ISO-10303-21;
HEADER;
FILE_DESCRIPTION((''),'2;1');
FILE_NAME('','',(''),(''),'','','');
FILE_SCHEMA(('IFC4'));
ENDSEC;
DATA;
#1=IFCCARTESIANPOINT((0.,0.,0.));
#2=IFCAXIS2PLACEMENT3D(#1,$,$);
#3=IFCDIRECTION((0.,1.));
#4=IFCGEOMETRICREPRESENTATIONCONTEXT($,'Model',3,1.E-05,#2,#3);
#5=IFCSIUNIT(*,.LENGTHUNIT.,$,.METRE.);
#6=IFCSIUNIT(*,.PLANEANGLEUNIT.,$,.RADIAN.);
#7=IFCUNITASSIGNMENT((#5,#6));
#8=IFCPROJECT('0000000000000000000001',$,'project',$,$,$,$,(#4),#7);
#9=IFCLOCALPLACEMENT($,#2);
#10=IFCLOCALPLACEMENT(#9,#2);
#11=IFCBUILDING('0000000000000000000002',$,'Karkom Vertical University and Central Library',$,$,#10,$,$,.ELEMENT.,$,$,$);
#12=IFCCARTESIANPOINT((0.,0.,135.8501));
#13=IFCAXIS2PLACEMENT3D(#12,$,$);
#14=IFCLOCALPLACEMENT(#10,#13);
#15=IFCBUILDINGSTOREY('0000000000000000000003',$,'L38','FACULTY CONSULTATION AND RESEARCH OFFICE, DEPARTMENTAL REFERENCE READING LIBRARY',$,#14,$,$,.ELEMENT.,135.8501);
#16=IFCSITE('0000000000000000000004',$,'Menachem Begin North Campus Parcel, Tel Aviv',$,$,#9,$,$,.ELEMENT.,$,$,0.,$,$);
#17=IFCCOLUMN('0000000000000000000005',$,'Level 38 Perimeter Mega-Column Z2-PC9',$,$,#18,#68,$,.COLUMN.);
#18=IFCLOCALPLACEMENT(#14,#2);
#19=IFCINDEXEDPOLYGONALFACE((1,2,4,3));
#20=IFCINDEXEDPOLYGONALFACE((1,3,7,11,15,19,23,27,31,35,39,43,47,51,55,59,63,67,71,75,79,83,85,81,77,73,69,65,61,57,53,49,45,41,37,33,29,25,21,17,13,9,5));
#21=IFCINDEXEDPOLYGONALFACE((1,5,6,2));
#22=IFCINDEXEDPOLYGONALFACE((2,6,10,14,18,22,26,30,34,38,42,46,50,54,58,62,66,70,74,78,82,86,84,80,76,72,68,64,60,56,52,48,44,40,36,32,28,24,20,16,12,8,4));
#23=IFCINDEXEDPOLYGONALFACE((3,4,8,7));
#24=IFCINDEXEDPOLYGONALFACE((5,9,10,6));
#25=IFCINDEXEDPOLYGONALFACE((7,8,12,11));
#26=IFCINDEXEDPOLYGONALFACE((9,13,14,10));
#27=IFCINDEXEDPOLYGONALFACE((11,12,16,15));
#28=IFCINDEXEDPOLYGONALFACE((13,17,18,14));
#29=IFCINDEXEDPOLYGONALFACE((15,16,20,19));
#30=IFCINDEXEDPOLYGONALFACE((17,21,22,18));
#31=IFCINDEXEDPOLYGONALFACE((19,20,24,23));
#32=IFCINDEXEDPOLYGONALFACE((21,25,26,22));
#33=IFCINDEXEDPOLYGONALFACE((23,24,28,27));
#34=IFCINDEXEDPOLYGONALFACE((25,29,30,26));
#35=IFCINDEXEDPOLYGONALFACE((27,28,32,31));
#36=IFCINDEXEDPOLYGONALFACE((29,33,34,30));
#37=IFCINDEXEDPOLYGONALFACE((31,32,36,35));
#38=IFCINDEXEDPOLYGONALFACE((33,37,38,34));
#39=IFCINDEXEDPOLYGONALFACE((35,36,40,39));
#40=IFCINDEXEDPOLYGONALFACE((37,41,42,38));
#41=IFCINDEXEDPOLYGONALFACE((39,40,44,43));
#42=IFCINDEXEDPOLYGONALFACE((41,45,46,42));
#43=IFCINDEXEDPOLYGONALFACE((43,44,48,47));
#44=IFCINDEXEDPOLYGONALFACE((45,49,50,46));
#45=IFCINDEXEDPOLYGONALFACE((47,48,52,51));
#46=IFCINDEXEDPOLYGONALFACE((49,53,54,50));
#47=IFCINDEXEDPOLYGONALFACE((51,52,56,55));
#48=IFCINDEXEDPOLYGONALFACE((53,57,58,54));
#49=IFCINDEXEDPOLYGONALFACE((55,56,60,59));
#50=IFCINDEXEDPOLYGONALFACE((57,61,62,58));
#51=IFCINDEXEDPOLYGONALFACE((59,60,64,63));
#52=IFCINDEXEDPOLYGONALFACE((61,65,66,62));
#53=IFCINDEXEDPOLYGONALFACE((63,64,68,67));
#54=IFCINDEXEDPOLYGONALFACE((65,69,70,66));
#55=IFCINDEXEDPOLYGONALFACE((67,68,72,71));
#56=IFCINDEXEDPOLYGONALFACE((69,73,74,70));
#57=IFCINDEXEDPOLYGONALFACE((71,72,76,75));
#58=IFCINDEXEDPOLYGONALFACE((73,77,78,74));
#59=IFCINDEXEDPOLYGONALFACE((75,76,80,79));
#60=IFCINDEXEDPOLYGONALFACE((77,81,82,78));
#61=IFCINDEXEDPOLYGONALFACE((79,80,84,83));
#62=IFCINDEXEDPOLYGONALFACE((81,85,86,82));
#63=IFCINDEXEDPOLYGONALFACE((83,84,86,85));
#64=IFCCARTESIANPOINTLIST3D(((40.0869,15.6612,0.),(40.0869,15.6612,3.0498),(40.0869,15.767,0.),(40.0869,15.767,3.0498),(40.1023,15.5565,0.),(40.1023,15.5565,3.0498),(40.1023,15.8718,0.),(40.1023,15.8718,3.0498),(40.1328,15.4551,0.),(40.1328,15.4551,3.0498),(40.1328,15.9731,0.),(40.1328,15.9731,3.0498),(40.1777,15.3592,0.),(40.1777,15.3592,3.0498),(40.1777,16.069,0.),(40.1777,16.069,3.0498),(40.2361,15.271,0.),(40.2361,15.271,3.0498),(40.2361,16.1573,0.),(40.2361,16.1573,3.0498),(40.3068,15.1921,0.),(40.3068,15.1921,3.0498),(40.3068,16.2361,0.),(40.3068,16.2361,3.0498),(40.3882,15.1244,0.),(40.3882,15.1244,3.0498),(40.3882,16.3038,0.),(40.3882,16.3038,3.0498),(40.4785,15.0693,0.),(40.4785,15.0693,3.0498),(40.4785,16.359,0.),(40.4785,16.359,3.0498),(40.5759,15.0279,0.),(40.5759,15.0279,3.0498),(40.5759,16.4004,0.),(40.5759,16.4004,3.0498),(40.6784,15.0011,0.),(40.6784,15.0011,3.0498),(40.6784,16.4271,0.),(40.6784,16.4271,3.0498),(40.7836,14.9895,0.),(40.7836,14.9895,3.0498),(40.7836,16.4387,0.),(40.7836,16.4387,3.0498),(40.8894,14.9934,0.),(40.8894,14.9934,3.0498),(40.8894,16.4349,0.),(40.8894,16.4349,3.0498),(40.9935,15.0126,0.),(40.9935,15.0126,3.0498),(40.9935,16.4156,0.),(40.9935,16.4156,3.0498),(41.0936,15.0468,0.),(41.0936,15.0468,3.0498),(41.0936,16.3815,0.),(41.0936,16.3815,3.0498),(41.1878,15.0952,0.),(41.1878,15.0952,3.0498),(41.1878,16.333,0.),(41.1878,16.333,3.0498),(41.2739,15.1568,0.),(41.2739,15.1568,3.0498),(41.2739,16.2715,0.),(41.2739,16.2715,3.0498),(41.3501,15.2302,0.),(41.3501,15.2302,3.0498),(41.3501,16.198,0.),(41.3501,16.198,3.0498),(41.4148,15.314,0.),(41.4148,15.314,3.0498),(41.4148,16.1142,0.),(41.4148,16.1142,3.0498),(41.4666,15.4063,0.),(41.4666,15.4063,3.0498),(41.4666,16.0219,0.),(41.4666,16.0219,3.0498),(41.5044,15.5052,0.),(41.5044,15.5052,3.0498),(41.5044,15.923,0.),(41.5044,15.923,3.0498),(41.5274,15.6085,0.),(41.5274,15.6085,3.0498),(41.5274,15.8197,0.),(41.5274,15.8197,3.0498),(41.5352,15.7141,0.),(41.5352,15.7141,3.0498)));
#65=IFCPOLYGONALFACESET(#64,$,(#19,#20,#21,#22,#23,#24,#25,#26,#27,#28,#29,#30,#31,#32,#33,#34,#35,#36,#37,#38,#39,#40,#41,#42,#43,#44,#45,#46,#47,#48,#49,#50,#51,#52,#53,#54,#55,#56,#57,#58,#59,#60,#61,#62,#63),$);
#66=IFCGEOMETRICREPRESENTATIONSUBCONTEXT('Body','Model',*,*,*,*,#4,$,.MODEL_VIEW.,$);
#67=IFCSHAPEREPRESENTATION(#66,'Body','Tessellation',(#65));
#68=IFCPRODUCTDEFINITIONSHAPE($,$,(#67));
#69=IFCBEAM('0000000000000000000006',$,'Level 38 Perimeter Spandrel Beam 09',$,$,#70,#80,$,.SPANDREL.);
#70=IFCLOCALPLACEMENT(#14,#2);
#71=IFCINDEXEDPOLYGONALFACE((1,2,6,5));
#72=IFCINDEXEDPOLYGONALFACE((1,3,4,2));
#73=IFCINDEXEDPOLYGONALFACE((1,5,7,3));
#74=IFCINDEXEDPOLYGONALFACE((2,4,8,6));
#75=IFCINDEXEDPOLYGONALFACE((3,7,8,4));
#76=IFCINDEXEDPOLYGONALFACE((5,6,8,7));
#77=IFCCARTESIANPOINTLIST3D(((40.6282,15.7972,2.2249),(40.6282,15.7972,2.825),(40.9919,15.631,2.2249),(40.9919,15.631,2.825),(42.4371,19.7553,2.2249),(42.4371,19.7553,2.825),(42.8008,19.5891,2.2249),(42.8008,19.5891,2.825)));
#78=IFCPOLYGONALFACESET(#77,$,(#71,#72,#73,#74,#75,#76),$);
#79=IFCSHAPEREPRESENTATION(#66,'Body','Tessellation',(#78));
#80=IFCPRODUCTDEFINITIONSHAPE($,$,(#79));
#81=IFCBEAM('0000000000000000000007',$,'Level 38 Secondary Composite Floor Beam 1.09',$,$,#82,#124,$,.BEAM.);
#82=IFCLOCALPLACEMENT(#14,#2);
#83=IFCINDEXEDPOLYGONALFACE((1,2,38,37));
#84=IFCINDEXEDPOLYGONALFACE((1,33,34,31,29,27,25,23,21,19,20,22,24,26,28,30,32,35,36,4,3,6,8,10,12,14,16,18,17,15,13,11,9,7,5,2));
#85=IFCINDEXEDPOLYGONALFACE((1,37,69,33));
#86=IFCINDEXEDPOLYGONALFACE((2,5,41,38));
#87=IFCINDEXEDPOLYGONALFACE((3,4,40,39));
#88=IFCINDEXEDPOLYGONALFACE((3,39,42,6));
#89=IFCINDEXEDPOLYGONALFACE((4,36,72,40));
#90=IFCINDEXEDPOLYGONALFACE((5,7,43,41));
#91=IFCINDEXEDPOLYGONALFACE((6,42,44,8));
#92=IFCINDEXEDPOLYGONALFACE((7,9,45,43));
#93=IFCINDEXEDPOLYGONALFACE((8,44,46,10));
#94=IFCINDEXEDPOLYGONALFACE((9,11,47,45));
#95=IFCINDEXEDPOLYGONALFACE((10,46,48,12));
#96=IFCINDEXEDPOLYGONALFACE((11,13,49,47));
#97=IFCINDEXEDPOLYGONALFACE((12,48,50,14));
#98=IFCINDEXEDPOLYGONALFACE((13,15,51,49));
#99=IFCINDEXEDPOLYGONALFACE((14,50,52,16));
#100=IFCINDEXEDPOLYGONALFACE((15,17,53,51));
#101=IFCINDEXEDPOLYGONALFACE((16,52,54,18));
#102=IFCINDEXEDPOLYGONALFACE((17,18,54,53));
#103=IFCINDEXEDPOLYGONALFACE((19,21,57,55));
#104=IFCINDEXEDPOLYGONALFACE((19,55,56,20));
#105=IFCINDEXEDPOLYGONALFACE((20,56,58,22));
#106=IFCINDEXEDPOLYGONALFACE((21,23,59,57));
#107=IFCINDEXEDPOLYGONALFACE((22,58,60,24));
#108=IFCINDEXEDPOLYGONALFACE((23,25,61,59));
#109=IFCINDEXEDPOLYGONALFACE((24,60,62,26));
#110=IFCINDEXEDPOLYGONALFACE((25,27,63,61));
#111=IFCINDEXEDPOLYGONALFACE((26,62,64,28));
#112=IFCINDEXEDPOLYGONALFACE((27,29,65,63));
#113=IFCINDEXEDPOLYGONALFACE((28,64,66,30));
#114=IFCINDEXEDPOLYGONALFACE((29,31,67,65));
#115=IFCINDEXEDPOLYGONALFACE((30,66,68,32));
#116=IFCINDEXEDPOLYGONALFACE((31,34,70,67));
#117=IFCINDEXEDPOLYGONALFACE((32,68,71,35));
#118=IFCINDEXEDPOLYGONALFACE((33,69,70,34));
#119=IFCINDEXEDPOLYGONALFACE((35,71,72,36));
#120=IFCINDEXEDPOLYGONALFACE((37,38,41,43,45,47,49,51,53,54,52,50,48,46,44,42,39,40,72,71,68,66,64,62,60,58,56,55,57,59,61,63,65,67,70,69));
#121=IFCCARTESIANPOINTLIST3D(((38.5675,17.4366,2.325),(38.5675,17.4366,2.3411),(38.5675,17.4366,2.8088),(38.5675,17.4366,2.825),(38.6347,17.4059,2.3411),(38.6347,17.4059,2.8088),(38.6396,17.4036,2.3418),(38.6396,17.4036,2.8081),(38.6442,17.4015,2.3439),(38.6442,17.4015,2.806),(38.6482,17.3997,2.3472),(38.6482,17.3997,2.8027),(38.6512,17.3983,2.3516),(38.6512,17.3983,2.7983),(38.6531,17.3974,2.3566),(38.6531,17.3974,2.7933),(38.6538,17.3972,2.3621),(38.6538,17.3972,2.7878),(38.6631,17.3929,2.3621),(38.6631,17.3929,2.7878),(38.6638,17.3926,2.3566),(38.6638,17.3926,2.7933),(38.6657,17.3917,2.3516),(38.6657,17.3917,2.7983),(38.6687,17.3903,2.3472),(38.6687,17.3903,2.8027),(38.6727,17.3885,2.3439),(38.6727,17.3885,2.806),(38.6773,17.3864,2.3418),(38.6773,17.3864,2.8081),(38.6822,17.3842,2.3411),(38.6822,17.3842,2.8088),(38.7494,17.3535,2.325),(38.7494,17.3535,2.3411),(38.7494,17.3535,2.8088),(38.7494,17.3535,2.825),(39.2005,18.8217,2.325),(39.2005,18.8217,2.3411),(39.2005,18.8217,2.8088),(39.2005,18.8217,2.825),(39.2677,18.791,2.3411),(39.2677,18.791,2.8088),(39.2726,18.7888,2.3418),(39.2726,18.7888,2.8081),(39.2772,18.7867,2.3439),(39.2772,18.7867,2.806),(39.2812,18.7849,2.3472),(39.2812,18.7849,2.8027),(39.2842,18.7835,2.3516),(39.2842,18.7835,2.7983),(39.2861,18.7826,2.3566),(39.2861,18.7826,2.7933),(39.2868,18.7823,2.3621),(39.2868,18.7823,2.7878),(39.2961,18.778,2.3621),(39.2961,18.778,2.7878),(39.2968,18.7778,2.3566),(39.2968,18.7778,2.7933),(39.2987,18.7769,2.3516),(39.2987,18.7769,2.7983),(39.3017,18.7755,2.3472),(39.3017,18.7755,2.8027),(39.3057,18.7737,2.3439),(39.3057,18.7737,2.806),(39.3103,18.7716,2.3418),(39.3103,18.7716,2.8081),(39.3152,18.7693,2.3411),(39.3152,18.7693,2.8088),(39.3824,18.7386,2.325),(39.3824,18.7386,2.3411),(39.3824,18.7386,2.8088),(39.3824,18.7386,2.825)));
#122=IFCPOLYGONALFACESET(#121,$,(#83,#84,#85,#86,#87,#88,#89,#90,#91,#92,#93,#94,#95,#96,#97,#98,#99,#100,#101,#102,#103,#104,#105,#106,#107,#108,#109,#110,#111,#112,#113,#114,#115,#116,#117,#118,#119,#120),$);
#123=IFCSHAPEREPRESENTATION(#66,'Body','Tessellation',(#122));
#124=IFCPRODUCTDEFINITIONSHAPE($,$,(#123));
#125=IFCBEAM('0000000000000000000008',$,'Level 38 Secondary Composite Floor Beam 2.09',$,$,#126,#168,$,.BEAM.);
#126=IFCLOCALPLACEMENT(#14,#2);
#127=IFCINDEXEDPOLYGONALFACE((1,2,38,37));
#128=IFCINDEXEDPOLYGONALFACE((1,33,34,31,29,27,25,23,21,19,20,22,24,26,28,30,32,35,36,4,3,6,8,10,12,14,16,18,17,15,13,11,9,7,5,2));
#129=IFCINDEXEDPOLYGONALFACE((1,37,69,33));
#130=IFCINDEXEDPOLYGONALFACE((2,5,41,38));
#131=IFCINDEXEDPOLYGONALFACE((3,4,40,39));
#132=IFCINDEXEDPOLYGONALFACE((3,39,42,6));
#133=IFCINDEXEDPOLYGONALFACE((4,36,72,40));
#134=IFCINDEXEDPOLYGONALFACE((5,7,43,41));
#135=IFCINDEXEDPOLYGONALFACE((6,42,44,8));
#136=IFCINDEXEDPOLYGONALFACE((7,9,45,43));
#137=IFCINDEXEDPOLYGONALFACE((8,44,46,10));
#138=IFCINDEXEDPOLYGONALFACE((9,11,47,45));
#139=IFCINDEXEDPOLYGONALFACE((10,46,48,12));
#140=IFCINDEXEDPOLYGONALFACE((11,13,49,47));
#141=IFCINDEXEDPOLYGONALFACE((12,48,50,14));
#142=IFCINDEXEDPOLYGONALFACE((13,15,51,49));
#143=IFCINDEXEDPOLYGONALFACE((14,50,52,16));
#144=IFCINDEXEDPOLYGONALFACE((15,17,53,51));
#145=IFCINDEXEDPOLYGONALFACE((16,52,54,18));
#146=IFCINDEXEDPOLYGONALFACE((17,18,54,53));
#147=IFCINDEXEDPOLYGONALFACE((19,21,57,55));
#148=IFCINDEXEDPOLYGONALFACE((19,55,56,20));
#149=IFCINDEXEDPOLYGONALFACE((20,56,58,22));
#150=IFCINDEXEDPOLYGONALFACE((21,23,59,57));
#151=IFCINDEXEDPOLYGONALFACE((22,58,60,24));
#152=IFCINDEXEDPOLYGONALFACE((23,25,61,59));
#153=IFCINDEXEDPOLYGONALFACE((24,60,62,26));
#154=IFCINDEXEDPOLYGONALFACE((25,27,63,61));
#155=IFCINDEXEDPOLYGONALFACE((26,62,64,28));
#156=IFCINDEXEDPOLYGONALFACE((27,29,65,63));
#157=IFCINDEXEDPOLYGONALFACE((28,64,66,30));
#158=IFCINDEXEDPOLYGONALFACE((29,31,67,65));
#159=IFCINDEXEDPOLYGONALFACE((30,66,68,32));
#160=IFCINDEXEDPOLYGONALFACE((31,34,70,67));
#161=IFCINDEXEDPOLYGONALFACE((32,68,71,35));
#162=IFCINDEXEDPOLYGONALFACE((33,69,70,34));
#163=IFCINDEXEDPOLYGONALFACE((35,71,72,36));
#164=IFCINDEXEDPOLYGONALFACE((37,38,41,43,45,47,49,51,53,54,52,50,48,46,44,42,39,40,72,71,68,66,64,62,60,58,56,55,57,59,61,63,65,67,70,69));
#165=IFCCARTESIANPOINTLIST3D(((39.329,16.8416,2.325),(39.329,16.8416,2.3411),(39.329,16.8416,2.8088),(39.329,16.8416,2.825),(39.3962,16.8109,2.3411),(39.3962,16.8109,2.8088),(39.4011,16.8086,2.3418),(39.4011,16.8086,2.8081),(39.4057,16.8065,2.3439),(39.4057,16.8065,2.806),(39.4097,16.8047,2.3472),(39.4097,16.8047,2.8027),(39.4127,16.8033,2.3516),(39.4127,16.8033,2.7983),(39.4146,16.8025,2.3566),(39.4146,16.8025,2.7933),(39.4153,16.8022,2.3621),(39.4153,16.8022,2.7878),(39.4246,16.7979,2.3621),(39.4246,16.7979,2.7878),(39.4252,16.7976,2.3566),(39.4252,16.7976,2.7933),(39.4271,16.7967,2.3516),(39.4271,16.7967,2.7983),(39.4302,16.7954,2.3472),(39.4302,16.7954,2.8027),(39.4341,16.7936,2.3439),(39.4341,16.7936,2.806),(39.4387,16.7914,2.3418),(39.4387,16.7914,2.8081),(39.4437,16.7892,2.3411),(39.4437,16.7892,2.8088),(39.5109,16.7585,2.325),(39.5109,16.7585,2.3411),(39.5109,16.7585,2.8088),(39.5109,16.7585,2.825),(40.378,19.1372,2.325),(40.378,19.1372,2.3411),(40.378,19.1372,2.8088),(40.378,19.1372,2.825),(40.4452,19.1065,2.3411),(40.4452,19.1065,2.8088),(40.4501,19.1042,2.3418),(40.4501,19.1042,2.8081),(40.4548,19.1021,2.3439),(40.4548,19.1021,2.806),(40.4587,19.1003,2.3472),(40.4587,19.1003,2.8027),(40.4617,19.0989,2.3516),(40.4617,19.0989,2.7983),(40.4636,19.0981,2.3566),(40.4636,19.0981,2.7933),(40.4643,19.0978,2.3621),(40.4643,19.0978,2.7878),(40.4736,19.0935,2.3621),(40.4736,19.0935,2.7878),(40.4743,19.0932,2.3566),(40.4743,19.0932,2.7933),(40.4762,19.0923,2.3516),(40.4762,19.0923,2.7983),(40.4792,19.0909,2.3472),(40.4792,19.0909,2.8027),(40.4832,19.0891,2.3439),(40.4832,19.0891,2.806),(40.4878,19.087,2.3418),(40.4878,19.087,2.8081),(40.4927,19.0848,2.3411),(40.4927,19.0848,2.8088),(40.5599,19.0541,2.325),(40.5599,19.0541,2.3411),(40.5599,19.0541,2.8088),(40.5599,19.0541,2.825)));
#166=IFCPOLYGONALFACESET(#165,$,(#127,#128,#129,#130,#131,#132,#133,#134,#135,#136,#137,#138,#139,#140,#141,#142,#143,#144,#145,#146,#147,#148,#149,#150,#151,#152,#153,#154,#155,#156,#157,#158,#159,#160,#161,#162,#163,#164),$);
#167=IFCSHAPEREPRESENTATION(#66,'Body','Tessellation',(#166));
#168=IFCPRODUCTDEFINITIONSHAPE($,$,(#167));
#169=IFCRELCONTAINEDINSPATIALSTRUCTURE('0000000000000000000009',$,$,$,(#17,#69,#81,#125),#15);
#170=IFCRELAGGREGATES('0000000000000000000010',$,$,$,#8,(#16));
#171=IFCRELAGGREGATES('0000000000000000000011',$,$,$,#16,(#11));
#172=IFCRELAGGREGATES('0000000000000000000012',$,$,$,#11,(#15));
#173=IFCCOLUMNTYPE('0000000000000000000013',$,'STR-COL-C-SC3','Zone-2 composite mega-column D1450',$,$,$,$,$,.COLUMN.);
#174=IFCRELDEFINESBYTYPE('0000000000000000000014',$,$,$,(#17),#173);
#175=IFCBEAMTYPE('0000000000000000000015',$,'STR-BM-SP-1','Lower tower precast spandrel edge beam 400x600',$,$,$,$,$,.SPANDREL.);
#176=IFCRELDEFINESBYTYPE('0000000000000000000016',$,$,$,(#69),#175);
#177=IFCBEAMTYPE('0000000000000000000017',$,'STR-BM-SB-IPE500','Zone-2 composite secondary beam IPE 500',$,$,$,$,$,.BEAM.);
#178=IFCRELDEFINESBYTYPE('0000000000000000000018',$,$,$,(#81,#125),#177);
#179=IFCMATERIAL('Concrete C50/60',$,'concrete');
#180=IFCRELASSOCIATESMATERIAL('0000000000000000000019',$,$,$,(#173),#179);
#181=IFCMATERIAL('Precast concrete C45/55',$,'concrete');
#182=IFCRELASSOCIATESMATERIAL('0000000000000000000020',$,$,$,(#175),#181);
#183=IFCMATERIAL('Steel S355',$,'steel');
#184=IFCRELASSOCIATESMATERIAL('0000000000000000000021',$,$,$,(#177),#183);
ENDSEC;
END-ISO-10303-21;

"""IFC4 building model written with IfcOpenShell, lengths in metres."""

from ifc_helpers import new_model, si_unit, direction, frame, origin, origin_with_axes, origin_2d, place, context, subcontext, project, spatial, rectangle, circle, i_section, extrude, source, transform, mapped, material, material_profile, profile_set, type_object, element, save


model = new_model("IFC4")

# Units and contexts
model_context = context("Model", 3, precision=1e-05, world=origin(), true_north=direction((0.0, 1.0)))
body_context = subcontext(model_context, "Body", "Model", "MODEL_VIEW")
ifc_project = project(units=[si_unit("LENGTHUNIT", "METRE"), si_unit("PLANEANGLEUNIT", "RADIAN")], contexts=[model_context])

# Site, building, storey
site_placement = place(None, origin())
site = spatial("IfcSite", under=ifc_project, at=site_placement, Name="Menachem Begin North Campus Parcel, Tel Aviv", CompositionType="ELEMENT", RefElevation=0.0)
building_placement = place(site_placement, origin())
building = spatial("IfcBuilding", under=site, at=building_placement, Name="Karkom Vertical University and Central Library", CompositionType="ELEMENT")
storey_placement = place(building_placement, frame((0.0, 0.0, 135.8501)))
storey = spatial("IfcBuildingStorey", under=building, at=storey_placement, Name="L38", Description="FACULTY CONSULTATION AND RESEARCH OFFICE, DEPARTMENTAL REFERENCE READING LIBRARY", CompositionType="ELEMENT", Elevation=135.8501)

# Column
ifc_material_1 = material(Name="Concrete C50/60", Category="concrete")
ifc_material_profile_1 = material_profile(ifc_material_1, circle(Radius=0.7251, at=origin_2d()), Name="CFT-D1450")
ifc_profile_set_1 = profile_set([ifc_material_profile_1], Name="Concrete C50/60")
column_type = type_object("IfcColumnType", Name="STR-COL-C-SC3", Description="Zone-2 composite mega-column D1450", PredefinedType="COLUMN", material=ifc_profile_set_1)
shared_shape_1 = source(origin_with_axes(), body_context, "Body", "SweptSolid", [
    extrude(circle(Radius=0.7251, at=origin_2d()), origin(), (0.0, 0.0, 1.0), 3.0498),
])
column_placement = place(storey_placement, frame((40.8101, 15.7141, 0.0), z_axis=(0.0, 0.0, 1.0), x_axis=(1.0, 0.0, 0.0)))
element("IfcColumn", 1, at=column_placement, inside=storey, type_object=column_type, Name="Level 38 Perimeter Mega-Column Z2-PC9", PredefinedType="COLUMN", context=body_context, shape_type="MappedRepresentation", body=[
    mapped(shared_shape_1, transform((0.0, 0.0, 0.0), scale=1.0)),
])

# Beams
ifc_material_2 = material(Name="Precast concrete C45/55", Category="concrete")
ifc_material_profile_2 = material_profile(ifc_material_2, rectangle(XDim=0.3999, YDim=0.6001, at=origin_2d()), Name="SPB-400x600")
ifc_profile_set_2 = profile_set([ifc_material_profile_2], Name="Precast concrete C45/55")
beam_type_1 = type_object("IfcBeamType", Name="STR-BM-SP-1", Description="Lower tower precast spandrel edge beam 400x600", PredefinedType="SPANDREL", material=ifc_profile_set_2)
shared_shape_2 = source(origin_with_axes(), body_context, "Body", "SweptSolid", [
    extrude(rectangle(XDim=0.3999, YDim=0.6001, at=origin_2d()), origin(), (0.0, 0.0, 1.0), 4.3518),
])
beam_1_placement = place(storey_placement, frame((40.8101, 15.7141, 2.5249), z_axis=(0.415658, 0.909521, 0.0), x_axis=(-0.909521, 0.415658, 0.0)))
element("IfcBeam", 2, at=beam_1_placement, inside=storey, type_object=beam_type_1, Name="Level 38 Perimeter Spandrel Beam 09", PredefinedType="SPANDREL", context=body_context, shape_type="MappedRepresentation", body=[
    mapped(shared_shape_2, transform((0.0, 0.0, 0.0), scale=1.0)),
])
ifc_material_3 = material(Name="Steel S355", Category="steel")
ifc_material_profile_3 = material_profile(ifc_material_3, i_section(OverallWidth=0.2, OverallDepth=0.5, WebThickness=0.0103, FlangeThickness=0.0161, FilletRadius=0.021, at=origin_2d()), Name="IPE 500")
ifc_profile_set_3 = profile_set([ifc_material_profile_3], Name="Steel S355")
beam_type_2 = type_object("IfcBeamType", Name="STR-BM-SB-IPE500", Description="Zone-2 composite secondary beam IPE 500", PredefinedType="BEAM", material=ifc_profile_set_3)
shared_shape_3 = source(origin_with_axes(), body_context, "Body", "SweptSolid", [
    extrude(i_section(OverallWidth=0.2, OverallDepth=0.5, WebThickness=0.0103, FlangeThickness=0.0161, FilletRadius=0.021, at=origin_2d()), origin(), (0.0, 0.0, 1.0), 1.5229),
])
beam_2_placement = place(storey_placement, frame((38.6584, 17.395, 2.575), z_axis=(0.41565, 0.909525, 0.0), x_axis=(-0.909525, 0.41565, 0.0)))
element("IfcBeam", 3, at=beam_2_placement, inside=storey, type_object=beam_type_2, Name="Level 38 Secondary Composite Floor Beam 1.09", PredefinedType="BEAM", context=body_context, shape_type="MappedRepresentation", body=[
    mapped(shared_shape_3, transform((0.0, 0.0, 0.0), scale=1.0)),
])
shared_shape_4 = source(origin_with_axes(), body_context, "Body", "SweptSolid", [
    extrude(i_section(OverallWidth=0.2, OverallDepth=0.5, WebThickness=0.0103, FlangeThickness=0.0161, FilletRadius=0.021, at=origin_2d()), origin(), (0.0, 0.0, 1.0), 2.5239),
])
beam_3_placement = place(storey_placement, frame((39.4199, 16.8, 2.575), z_axis=(0.415639, 0.90953, 0.0), x_axis=(-0.90953, 0.415639, 0.0)))
element("IfcBeam", 4, at=beam_3_placement, inside=storey, type_object=beam_type_2, Name="Level 38 Secondary Composite Floor Beam 2.09", PredefinedType="BEAM", context=body_context, shape_type="MappedRepresentation", body=[
    mapped(shared_shape_4, transform((0.0, 0.0, 0.0), scale=1.0)),
])

save(model, "model.ifc")
